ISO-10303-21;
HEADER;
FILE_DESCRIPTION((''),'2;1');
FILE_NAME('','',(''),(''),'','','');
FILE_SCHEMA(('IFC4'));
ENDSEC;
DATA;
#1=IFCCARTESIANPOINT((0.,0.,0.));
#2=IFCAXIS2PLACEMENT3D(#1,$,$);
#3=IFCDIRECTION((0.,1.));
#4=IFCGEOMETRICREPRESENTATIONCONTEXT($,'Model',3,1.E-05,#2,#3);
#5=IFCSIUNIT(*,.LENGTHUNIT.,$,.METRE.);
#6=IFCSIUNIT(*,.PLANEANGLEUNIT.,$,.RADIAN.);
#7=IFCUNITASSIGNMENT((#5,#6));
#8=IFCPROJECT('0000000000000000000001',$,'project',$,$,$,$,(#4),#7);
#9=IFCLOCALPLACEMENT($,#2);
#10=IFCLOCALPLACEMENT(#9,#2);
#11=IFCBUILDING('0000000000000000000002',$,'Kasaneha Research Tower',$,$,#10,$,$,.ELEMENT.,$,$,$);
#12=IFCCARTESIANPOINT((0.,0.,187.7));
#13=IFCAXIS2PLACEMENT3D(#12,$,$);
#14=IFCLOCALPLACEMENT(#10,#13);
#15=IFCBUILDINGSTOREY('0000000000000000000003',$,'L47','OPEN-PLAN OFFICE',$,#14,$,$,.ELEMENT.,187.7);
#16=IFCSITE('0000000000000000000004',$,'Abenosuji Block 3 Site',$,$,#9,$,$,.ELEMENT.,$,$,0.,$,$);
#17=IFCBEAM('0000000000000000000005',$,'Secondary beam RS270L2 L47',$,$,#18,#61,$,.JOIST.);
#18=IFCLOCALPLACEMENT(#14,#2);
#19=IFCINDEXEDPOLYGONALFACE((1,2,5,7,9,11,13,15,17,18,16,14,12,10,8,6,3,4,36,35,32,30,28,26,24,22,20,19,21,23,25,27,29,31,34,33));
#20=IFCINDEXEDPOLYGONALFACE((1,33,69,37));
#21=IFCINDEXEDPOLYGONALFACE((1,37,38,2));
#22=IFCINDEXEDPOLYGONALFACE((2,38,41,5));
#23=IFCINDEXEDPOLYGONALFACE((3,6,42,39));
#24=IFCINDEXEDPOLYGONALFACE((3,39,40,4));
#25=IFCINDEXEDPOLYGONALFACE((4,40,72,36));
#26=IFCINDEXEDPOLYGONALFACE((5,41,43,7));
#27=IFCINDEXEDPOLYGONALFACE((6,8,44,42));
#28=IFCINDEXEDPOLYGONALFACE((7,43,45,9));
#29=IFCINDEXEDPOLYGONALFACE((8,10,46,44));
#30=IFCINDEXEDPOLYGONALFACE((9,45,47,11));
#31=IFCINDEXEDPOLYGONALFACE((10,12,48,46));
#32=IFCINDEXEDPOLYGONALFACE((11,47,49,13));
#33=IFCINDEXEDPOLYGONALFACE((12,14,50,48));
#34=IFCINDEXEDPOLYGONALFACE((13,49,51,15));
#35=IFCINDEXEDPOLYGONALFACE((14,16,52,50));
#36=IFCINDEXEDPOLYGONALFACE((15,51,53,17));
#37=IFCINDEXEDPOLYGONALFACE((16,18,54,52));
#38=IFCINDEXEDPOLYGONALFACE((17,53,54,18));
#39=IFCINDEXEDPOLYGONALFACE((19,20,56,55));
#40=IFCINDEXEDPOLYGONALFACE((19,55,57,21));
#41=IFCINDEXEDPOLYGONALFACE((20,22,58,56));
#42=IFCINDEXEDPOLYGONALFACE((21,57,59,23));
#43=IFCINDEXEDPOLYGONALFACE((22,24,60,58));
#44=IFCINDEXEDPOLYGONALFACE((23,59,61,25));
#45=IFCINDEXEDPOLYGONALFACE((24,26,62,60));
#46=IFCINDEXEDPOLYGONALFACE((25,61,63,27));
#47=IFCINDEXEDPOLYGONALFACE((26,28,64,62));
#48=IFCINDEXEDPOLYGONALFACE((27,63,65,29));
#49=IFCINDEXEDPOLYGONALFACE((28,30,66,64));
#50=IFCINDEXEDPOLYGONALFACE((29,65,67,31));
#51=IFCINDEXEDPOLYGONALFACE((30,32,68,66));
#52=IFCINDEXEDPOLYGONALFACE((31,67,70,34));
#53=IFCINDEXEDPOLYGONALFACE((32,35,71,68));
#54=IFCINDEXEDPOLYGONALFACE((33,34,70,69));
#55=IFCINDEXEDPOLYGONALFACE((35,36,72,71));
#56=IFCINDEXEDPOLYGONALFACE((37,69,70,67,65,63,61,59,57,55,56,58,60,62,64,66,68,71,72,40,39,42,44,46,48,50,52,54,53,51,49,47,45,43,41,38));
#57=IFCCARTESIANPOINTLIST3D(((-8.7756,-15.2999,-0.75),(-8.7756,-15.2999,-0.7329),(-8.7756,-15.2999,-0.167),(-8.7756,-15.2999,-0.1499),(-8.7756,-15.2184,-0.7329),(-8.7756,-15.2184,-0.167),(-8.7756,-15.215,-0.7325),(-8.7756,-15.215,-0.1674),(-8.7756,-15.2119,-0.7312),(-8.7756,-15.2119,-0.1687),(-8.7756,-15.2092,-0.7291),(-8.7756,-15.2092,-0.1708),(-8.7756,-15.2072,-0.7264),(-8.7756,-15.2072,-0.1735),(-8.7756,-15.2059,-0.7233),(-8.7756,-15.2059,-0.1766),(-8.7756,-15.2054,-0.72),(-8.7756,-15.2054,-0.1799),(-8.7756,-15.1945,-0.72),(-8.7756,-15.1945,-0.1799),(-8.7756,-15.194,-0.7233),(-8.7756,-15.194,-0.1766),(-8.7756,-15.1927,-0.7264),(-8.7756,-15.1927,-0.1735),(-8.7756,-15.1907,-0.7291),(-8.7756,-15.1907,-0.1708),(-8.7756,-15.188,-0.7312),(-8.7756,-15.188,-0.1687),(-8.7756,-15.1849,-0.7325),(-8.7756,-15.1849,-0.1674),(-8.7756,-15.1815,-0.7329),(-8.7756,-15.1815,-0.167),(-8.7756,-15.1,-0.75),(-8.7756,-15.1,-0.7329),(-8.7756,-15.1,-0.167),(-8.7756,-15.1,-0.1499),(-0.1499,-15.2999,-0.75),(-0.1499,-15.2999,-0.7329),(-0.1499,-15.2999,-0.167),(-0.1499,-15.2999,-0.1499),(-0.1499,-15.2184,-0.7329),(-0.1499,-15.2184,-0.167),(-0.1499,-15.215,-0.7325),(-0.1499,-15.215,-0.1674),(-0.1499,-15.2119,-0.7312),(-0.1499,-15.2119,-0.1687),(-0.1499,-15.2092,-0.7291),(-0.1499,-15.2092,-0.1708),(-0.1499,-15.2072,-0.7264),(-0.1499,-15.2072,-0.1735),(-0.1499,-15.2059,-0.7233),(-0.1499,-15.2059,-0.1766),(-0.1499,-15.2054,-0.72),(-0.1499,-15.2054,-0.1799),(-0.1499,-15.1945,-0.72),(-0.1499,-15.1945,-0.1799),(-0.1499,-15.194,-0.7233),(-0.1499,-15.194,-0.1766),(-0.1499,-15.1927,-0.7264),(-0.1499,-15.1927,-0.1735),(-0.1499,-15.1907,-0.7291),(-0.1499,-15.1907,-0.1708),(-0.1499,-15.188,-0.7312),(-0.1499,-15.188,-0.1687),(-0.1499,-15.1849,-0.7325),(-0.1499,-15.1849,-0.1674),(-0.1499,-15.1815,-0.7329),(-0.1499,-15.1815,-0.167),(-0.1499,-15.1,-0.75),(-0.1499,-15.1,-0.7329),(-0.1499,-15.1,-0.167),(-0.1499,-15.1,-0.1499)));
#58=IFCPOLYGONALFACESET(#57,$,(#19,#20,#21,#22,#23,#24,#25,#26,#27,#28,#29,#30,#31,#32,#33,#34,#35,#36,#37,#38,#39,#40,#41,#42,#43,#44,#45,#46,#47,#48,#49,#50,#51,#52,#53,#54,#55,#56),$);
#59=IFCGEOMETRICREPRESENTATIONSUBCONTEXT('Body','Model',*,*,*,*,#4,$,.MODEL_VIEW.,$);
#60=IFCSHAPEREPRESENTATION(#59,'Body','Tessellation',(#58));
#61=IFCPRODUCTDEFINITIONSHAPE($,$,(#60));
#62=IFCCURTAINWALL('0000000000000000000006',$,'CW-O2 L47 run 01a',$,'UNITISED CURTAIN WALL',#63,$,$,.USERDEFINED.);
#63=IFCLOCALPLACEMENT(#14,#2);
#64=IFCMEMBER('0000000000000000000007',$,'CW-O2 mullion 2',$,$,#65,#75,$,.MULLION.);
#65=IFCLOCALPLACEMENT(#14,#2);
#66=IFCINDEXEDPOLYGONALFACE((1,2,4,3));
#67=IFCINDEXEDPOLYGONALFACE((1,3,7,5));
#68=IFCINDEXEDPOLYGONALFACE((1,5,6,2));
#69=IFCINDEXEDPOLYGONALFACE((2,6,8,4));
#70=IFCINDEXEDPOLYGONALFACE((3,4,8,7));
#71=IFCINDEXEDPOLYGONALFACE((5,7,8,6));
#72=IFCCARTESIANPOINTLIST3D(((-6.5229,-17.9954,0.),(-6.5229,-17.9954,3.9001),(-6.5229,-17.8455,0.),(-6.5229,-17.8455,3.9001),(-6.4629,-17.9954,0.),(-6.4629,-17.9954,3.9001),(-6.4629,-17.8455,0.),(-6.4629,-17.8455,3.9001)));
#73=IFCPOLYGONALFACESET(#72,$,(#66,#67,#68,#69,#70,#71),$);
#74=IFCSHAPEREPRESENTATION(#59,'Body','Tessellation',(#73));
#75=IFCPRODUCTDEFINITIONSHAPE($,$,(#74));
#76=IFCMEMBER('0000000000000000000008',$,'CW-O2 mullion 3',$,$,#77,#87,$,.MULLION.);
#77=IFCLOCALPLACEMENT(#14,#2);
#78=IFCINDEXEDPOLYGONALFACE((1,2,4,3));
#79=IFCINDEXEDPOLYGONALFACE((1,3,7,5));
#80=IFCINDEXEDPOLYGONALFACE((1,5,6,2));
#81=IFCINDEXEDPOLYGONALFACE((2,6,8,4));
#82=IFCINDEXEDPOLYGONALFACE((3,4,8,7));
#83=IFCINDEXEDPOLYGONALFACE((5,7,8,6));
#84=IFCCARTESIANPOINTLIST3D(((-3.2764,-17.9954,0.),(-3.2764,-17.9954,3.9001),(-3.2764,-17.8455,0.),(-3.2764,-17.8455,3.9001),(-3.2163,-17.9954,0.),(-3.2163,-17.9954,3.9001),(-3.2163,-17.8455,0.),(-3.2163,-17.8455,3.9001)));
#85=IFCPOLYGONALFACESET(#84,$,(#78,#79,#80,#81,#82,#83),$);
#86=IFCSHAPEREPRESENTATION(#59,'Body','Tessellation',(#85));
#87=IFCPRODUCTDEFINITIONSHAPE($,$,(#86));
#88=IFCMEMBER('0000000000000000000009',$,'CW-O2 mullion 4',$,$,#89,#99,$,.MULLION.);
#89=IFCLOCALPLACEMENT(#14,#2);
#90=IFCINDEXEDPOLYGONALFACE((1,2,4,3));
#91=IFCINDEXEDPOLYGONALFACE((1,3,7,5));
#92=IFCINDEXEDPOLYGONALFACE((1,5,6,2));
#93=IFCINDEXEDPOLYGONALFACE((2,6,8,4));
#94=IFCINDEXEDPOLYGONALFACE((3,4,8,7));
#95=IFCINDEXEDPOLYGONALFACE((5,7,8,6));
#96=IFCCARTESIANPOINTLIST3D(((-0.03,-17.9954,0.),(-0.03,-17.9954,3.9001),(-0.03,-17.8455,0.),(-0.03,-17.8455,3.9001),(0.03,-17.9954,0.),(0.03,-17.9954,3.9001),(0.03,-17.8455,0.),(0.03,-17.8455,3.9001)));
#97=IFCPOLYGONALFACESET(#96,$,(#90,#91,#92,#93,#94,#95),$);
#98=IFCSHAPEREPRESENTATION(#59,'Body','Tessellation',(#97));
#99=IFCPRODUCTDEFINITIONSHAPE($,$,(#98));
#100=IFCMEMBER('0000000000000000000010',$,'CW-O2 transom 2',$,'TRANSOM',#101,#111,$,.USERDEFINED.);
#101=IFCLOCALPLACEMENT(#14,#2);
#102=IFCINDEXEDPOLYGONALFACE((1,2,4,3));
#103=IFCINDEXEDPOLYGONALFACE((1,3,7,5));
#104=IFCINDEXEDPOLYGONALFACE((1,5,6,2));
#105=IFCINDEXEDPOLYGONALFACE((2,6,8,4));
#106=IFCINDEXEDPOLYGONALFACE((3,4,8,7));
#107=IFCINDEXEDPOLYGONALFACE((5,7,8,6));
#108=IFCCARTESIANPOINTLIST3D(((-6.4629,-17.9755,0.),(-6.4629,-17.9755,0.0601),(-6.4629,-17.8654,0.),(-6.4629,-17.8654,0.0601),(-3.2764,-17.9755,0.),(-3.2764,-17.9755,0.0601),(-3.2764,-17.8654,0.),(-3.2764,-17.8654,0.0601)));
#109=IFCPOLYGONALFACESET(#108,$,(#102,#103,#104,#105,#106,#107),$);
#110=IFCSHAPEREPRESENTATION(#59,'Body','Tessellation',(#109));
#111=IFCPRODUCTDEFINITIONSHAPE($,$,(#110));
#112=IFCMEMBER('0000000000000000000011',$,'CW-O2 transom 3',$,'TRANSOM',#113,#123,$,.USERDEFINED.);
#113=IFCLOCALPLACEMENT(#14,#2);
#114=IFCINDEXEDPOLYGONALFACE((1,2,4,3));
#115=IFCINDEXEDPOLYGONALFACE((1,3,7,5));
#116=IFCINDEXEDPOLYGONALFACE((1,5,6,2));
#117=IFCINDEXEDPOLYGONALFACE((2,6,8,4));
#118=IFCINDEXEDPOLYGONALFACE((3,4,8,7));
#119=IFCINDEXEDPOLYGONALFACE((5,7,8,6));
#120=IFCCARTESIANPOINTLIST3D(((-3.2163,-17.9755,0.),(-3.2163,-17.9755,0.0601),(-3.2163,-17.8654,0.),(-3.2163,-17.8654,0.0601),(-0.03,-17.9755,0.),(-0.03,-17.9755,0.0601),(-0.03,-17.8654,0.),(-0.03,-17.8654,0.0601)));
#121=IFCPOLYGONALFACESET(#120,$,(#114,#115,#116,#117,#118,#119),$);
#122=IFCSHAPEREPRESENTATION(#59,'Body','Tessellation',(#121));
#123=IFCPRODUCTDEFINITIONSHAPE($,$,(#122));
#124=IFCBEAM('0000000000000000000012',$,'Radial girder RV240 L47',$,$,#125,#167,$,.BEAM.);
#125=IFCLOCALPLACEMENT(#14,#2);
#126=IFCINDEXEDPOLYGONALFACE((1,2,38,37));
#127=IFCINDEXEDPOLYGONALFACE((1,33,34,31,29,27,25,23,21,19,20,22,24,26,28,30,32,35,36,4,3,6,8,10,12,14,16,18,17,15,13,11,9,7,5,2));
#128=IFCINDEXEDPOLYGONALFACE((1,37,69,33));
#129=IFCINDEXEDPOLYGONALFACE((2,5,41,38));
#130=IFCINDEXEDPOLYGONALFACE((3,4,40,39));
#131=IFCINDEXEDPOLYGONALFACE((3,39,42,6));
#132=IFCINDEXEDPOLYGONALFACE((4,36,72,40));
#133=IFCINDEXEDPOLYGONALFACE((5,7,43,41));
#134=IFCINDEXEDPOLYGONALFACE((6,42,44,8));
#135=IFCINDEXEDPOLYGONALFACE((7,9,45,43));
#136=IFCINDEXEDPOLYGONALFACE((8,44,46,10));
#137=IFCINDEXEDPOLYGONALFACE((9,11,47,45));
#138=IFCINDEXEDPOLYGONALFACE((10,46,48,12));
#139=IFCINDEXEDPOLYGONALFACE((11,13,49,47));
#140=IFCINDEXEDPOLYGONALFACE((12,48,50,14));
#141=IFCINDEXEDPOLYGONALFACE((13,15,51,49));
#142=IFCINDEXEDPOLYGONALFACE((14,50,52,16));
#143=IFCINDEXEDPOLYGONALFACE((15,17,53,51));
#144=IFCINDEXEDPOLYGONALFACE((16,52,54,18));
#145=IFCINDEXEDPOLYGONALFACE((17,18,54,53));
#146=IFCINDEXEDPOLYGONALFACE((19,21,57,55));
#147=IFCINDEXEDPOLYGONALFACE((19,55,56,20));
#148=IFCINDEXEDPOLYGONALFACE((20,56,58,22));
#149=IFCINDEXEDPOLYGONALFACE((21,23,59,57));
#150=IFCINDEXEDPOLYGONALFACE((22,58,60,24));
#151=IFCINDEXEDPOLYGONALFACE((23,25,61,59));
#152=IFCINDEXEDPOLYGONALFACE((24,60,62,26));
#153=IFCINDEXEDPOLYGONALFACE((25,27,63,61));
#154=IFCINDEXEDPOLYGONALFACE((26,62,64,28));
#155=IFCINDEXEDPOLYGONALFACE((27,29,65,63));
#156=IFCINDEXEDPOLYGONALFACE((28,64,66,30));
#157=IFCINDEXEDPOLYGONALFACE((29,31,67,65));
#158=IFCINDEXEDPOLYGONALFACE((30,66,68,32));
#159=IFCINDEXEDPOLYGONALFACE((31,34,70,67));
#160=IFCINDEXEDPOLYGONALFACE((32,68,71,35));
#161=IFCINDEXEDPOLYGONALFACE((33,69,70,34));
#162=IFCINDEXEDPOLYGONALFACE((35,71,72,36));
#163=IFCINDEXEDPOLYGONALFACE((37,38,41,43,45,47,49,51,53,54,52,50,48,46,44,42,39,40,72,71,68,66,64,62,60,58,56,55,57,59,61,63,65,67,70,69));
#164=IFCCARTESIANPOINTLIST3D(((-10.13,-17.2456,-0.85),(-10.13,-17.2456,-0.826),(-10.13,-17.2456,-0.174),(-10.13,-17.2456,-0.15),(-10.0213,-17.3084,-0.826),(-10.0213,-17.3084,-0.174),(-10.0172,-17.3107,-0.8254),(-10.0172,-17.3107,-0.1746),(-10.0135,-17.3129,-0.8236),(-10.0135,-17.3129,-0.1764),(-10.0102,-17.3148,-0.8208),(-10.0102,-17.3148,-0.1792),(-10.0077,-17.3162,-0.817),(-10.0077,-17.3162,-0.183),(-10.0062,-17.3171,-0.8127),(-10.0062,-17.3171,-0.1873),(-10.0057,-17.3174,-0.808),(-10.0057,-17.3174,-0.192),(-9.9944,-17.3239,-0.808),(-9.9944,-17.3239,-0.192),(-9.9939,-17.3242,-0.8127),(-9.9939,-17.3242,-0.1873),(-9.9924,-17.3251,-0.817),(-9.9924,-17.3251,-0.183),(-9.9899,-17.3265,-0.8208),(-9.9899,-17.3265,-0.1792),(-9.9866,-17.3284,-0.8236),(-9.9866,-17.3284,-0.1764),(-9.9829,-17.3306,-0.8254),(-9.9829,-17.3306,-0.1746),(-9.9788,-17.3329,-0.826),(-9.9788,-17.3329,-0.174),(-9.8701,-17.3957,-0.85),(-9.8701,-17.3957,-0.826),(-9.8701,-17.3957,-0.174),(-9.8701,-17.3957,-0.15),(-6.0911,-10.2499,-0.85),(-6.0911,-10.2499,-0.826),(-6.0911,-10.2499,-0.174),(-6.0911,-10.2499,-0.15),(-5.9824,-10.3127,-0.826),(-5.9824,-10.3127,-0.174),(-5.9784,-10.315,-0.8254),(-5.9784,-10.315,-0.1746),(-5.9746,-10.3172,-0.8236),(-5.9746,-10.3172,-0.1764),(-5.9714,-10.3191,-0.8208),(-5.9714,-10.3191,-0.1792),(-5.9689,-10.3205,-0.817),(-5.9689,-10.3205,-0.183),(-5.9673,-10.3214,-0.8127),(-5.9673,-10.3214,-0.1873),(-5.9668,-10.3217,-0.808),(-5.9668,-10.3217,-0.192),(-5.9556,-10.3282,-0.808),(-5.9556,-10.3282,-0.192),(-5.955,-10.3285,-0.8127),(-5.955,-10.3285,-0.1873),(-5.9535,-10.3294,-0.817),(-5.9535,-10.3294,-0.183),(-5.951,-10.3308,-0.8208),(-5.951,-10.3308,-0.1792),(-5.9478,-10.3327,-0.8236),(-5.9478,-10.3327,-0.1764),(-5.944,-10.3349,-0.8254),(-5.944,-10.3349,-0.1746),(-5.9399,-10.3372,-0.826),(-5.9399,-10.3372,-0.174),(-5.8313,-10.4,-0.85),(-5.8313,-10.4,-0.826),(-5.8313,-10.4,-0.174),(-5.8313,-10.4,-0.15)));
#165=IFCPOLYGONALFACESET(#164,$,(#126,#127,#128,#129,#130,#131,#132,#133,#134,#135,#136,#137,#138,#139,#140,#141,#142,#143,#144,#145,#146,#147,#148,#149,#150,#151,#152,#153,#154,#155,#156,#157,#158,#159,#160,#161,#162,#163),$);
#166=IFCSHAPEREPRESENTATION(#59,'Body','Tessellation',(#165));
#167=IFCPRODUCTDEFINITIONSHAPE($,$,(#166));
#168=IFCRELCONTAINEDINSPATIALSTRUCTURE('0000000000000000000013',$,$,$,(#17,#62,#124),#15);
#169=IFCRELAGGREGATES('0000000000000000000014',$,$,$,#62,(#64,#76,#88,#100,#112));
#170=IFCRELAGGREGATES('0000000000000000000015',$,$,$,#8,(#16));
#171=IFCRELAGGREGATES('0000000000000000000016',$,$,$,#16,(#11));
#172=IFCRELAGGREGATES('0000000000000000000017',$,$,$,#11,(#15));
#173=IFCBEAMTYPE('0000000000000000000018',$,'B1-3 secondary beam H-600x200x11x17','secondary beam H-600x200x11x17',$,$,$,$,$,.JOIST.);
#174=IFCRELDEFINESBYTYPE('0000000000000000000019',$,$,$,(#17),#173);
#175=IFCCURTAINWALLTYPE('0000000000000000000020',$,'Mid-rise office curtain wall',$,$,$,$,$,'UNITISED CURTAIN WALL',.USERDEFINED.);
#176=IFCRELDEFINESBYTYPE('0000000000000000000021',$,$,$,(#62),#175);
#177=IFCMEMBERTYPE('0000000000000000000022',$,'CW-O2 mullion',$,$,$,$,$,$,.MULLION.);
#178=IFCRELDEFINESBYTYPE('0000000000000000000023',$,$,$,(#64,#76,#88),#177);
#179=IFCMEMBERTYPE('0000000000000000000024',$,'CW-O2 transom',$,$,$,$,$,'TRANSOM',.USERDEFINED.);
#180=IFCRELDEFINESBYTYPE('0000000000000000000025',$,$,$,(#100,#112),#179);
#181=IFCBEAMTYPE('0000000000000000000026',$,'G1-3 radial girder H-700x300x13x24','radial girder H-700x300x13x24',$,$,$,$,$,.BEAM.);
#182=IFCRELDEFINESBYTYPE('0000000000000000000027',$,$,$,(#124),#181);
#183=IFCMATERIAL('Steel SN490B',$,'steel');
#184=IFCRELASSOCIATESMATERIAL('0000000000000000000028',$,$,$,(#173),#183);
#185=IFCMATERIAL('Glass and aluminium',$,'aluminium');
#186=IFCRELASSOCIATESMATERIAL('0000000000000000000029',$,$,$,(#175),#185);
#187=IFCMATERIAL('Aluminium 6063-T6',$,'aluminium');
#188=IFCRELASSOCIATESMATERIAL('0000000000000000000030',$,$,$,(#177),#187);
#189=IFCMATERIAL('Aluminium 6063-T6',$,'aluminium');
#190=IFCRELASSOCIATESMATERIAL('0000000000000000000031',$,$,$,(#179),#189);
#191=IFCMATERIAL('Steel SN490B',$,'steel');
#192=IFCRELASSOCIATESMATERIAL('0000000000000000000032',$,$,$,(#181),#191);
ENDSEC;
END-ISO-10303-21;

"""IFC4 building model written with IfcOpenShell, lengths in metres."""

from ifc_helpers import new_model, si_unit, direction, frame, origin, origin_2d, place, context, subcontext, project, spatial, rectangle, i_section, extrude, material, material_profile, profile_set, type_object, element, aggregate, save


model = new_model("IFC4")

# Units and contexts
model_context = context("Model", 3, precision=1e-05, world=origin(), true_north=direction((0.0, 1.0)))
body_context = subcontext(model_context, "Body", "Model", "MODEL_VIEW")
ifc_project = project(units=[si_unit("LENGTHUNIT", "METRE"), si_unit("PLANEANGLEUNIT", "RADIAN")], contexts=[model_context])

# Site, building, storey
site_placement = place(None, origin())
site = spatial("IfcSite", under=ifc_project, at=site_placement, Name="Abenosuji Block 3 Site", CompositionType="ELEMENT", RefElevation=0.0)
building_placement = place(site_placement, origin())
building = spatial("IfcBuilding", under=site, at=building_placement, Name="Kasaneha Research Tower", CompositionType="ELEMENT")
storey_placement = place(building_placement, frame((0.0, 0.0, 187.7)))
storey = spatial("IfcBuildingStorey", under=building, at=storey_placement, Name="L47", Description="OPEN-PLAN OFFICE", CompositionType="ELEMENT", Elevation=187.7)

# Beam
ifc_material_1 = material(Name="Steel SN490B", Category="steel")
ifc_material_profile_1 = material_profile(ifc_material_1, i_section(OverallWidth=0.2, OverallDepth=0.6001, WebThickness=0.011, FlangeThickness=0.0171, FilletRadius=0.0129, at=origin_2d()), Name="H-600x200x11x17")
ifc_profile_set_1 = profile_set([ifc_material_profile_1], Name="Steel SN490B")
beam_type_1 = type_object("IfcBeamType", Name="B1-3 secondary beam H-600x200x11x17", Description="secondary beam H-600x200x11x17", PredefinedType="JOIST", material=ifc_profile_set_1)
beam_1_placement = place(storey_placement, frame((-8.7756, -15.2, -0.45), z_axis=(1.0, 0.0, 0.0), x_axis=(0.0, 1.0, 0.0)))
element("IfcBeam", 1, at=beam_1_placement, inside=storey, type_object=beam_type_1, Name="Secondary beam RS270L2 L47", PredefinedType="JOIST", context=body_context, shape_type="SweptSolid", body=[
    extrude(i_section(OverallWidth=0.2, OverallDepth=0.6001, WebThickness=0.011, FlangeThickness=0.0171, FilletRadius=0.0129, at=origin_2d()), origin(), (0.0, 0.0, 1.0), 8.6257),
])

# Curtain wall, members
ifc_material_2 = material(Name="Glass and aluminium", Category="aluminium")
curtain_wall_type = type_object("IfcCurtainWallType", Name="Mid-rise office curtain wall", ElementType="UNITISED CURTAIN WALL", PredefinedType="USERDEFINED", material=ifc_material_2)
curtain_wall_placement = place(storey_placement, origin())
curtain_wall = element("IfcCurtainWall", 2, at=curtain_wall_placement, inside=storey, type_object=curtain_wall_type, Name="CW-O2 L47 run 01a", ObjectType="UNITISED CURTAIN WALL", PredefinedType="USERDEFINED")
ifc_material_3 = material(Name="Aluminium 6063-T6", Category="aluminium")
ifc_material_profile_2 = material_profile(ifc_material_3, rectangle(XDim=0.0601, YDim=0.1499, at=origin_2d()), Name="CW-O2 mullion 60x150")
ifc_profile_set_2 = profile_set([ifc_material_profile_2], Name="Aluminium 6063-T6")
member_type_1 = type_object("IfcMemberType", Name="CW-O2 mullion", PredefinedType="MULLION", material=ifc_profile_set_2)
member_1_placement = place(storey_placement, frame((-6.4929, -17.9204, 0.0), z_axis=(0.0, 0.0, 1.0), x_axis=(1.0, 0.0, 0.0)))
member_1 = element("IfcMember", 3, at=member_1_placement, type_object=member_type_1, Name="CW-O2 mullion 2", PredefinedType="MULLION", context=body_context, shape_type="SweptSolid", body=[
    extrude(rectangle(XDim=0.0601, YDim=0.1499, at=origin_2d()), origin(), (0.0, 0.0, 1.0), 3.9001),
])
member_2_placement = place(storey_placement, frame((-3.2463, -17.9204, 0.0), z_axis=(0.0, 0.0, 1.0), x_axis=(1.0, 0.0, 0.0)))
member_2 = element("IfcMember", 4, at=member_2_placement, type_object=member_type_1, Name="CW-O2 mullion 3", PredefinedType="MULLION", context=body_context, shape_type="SweptSolid", body=[
    extrude(rectangle(XDim=0.0601, YDim=0.1499, at=origin_2d()), origin(), (0.0, 0.0, 1.0), 3.9001),
])
member_3_placement = place(storey_placement, frame((0.0, -17.9204, 0.0), z_axis=(0.0, 0.0, 1.0), x_axis=(1.0, 0.0, 0.0)))
member_3 = element("IfcMember", 5, at=member_3_placement, type_object=member_type_1, Name="CW-O2 mullion 4", PredefinedType="MULLION", context=body_context, shape_type="SweptSolid", body=[
    extrude(rectangle(XDim=0.0601, YDim=0.1499, at=origin_2d()), origin(), (0.0, 0.0, 1.0), 3.9001),
])
ifc_material_4 = material(Name="Aluminium 6063-T6", Category="aluminium")
ifc_material_profile_3 = material_profile(ifc_material_4, rectangle(XDim=0.1101, YDim=0.0601, at=origin_2d()), Name="CW-O2 transom 110x60")
ifc_profile_set_3 = profile_set([ifc_material_profile_3], Name="Aluminium 6063-T6")
member_type_2 = type_object("IfcMemberType", Name="CW-O2 transom", ElementType="TRANSOM", PredefinedType="USERDEFINED", material=ifc_profile_set_3)
member_4_placement = place(storey_placement, frame((-6.4629, -17.9204, 0.03), z_axis=(1.0, 0.0, 0.0), x_axis=(0.0, 1.0, 0.0)))
member_4 = element("IfcMember", 6, at=member_4_placement, type_object=member_type_2, Name="CW-O2 transom 2", ObjectType="TRANSOM", PredefinedType="USERDEFINED", context=body_context, shape_type="SweptSolid", body=[
    extrude(rectangle(XDim=0.1101, YDim=0.0601, at=origin_2d()), origin(), (0.0, 0.0, 1.0), 3.1865),
])
member_5_placement = place(storey_placement, frame((-3.2163, -17.9204, 0.03), z_axis=(1.0, 0.0, 0.0), x_axis=(0.0, 1.0, 0.0)))
member_5 = element("IfcMember", 7, at=member_5_placement, type_object=member_type_2, Name="CW-O2 transom 3", ObjectType="TRANSOM", PredefinedType="USERDEFINED", context=body_context, shape_type="SweptSolid", body=[
    extrude(rectangle(XDim=0.1101, YDim=0.0601, at=origin_2d()), origin(), (0.0, 0.0, 1.0), 3.1863),
])

# Beam
ifc_material_5 = material(Name="Steel SN490B", Category="steel")
ifc_material_profile_4 = material_profile(ifc_material_5, i_section(OverallWidth=0.3, OverallDepth=0.7, WebThickness=0.0129, FlangeThickness=0.0239, FilletRadius=0.0181, at=origin_2d()), Name="H-700x300x13x24")
ifc_profile_set_4 = profile_set([ifc_material_profile_4], Name="Steel SN490B")
beam_type_2 = type_object("IfcBeamType", Name="G1-3 radial girder H-700x300x13x24", Description="radial girder H-700x300x13x24", PredefinedType="BEAM", material=ifc_profile_set_4)
beam_2_placement = place(storey_placement, frame((-5.9612, -10.325, -0.5), z_axis=(-0.499991, -0.866031, 0.0), x_axis=(0.866031, -0.499991, 0.0)))
element("IfcBeam", 8, at=beam_2_placement, inside=storey, type_object=beam_type_2, Name="Radial girder RV240 L47", PredefinedType="BEAM", context=body_context, shape_type="SweptSolid", body=[
    extrude(i_section(OverallWidth=0.3, OverallDepth=0.7, WebThickness=0.0129, FlangeThickness=0.0239, FilletRadius=0.0181, at=origin_2d()), origin(), (0.0, 0.0, 1.0), 8.0779),
])

aggregate(curtain_wall, [member_1, member_2, member_3, member_4, member_5])

save(model, "model.ifc")
